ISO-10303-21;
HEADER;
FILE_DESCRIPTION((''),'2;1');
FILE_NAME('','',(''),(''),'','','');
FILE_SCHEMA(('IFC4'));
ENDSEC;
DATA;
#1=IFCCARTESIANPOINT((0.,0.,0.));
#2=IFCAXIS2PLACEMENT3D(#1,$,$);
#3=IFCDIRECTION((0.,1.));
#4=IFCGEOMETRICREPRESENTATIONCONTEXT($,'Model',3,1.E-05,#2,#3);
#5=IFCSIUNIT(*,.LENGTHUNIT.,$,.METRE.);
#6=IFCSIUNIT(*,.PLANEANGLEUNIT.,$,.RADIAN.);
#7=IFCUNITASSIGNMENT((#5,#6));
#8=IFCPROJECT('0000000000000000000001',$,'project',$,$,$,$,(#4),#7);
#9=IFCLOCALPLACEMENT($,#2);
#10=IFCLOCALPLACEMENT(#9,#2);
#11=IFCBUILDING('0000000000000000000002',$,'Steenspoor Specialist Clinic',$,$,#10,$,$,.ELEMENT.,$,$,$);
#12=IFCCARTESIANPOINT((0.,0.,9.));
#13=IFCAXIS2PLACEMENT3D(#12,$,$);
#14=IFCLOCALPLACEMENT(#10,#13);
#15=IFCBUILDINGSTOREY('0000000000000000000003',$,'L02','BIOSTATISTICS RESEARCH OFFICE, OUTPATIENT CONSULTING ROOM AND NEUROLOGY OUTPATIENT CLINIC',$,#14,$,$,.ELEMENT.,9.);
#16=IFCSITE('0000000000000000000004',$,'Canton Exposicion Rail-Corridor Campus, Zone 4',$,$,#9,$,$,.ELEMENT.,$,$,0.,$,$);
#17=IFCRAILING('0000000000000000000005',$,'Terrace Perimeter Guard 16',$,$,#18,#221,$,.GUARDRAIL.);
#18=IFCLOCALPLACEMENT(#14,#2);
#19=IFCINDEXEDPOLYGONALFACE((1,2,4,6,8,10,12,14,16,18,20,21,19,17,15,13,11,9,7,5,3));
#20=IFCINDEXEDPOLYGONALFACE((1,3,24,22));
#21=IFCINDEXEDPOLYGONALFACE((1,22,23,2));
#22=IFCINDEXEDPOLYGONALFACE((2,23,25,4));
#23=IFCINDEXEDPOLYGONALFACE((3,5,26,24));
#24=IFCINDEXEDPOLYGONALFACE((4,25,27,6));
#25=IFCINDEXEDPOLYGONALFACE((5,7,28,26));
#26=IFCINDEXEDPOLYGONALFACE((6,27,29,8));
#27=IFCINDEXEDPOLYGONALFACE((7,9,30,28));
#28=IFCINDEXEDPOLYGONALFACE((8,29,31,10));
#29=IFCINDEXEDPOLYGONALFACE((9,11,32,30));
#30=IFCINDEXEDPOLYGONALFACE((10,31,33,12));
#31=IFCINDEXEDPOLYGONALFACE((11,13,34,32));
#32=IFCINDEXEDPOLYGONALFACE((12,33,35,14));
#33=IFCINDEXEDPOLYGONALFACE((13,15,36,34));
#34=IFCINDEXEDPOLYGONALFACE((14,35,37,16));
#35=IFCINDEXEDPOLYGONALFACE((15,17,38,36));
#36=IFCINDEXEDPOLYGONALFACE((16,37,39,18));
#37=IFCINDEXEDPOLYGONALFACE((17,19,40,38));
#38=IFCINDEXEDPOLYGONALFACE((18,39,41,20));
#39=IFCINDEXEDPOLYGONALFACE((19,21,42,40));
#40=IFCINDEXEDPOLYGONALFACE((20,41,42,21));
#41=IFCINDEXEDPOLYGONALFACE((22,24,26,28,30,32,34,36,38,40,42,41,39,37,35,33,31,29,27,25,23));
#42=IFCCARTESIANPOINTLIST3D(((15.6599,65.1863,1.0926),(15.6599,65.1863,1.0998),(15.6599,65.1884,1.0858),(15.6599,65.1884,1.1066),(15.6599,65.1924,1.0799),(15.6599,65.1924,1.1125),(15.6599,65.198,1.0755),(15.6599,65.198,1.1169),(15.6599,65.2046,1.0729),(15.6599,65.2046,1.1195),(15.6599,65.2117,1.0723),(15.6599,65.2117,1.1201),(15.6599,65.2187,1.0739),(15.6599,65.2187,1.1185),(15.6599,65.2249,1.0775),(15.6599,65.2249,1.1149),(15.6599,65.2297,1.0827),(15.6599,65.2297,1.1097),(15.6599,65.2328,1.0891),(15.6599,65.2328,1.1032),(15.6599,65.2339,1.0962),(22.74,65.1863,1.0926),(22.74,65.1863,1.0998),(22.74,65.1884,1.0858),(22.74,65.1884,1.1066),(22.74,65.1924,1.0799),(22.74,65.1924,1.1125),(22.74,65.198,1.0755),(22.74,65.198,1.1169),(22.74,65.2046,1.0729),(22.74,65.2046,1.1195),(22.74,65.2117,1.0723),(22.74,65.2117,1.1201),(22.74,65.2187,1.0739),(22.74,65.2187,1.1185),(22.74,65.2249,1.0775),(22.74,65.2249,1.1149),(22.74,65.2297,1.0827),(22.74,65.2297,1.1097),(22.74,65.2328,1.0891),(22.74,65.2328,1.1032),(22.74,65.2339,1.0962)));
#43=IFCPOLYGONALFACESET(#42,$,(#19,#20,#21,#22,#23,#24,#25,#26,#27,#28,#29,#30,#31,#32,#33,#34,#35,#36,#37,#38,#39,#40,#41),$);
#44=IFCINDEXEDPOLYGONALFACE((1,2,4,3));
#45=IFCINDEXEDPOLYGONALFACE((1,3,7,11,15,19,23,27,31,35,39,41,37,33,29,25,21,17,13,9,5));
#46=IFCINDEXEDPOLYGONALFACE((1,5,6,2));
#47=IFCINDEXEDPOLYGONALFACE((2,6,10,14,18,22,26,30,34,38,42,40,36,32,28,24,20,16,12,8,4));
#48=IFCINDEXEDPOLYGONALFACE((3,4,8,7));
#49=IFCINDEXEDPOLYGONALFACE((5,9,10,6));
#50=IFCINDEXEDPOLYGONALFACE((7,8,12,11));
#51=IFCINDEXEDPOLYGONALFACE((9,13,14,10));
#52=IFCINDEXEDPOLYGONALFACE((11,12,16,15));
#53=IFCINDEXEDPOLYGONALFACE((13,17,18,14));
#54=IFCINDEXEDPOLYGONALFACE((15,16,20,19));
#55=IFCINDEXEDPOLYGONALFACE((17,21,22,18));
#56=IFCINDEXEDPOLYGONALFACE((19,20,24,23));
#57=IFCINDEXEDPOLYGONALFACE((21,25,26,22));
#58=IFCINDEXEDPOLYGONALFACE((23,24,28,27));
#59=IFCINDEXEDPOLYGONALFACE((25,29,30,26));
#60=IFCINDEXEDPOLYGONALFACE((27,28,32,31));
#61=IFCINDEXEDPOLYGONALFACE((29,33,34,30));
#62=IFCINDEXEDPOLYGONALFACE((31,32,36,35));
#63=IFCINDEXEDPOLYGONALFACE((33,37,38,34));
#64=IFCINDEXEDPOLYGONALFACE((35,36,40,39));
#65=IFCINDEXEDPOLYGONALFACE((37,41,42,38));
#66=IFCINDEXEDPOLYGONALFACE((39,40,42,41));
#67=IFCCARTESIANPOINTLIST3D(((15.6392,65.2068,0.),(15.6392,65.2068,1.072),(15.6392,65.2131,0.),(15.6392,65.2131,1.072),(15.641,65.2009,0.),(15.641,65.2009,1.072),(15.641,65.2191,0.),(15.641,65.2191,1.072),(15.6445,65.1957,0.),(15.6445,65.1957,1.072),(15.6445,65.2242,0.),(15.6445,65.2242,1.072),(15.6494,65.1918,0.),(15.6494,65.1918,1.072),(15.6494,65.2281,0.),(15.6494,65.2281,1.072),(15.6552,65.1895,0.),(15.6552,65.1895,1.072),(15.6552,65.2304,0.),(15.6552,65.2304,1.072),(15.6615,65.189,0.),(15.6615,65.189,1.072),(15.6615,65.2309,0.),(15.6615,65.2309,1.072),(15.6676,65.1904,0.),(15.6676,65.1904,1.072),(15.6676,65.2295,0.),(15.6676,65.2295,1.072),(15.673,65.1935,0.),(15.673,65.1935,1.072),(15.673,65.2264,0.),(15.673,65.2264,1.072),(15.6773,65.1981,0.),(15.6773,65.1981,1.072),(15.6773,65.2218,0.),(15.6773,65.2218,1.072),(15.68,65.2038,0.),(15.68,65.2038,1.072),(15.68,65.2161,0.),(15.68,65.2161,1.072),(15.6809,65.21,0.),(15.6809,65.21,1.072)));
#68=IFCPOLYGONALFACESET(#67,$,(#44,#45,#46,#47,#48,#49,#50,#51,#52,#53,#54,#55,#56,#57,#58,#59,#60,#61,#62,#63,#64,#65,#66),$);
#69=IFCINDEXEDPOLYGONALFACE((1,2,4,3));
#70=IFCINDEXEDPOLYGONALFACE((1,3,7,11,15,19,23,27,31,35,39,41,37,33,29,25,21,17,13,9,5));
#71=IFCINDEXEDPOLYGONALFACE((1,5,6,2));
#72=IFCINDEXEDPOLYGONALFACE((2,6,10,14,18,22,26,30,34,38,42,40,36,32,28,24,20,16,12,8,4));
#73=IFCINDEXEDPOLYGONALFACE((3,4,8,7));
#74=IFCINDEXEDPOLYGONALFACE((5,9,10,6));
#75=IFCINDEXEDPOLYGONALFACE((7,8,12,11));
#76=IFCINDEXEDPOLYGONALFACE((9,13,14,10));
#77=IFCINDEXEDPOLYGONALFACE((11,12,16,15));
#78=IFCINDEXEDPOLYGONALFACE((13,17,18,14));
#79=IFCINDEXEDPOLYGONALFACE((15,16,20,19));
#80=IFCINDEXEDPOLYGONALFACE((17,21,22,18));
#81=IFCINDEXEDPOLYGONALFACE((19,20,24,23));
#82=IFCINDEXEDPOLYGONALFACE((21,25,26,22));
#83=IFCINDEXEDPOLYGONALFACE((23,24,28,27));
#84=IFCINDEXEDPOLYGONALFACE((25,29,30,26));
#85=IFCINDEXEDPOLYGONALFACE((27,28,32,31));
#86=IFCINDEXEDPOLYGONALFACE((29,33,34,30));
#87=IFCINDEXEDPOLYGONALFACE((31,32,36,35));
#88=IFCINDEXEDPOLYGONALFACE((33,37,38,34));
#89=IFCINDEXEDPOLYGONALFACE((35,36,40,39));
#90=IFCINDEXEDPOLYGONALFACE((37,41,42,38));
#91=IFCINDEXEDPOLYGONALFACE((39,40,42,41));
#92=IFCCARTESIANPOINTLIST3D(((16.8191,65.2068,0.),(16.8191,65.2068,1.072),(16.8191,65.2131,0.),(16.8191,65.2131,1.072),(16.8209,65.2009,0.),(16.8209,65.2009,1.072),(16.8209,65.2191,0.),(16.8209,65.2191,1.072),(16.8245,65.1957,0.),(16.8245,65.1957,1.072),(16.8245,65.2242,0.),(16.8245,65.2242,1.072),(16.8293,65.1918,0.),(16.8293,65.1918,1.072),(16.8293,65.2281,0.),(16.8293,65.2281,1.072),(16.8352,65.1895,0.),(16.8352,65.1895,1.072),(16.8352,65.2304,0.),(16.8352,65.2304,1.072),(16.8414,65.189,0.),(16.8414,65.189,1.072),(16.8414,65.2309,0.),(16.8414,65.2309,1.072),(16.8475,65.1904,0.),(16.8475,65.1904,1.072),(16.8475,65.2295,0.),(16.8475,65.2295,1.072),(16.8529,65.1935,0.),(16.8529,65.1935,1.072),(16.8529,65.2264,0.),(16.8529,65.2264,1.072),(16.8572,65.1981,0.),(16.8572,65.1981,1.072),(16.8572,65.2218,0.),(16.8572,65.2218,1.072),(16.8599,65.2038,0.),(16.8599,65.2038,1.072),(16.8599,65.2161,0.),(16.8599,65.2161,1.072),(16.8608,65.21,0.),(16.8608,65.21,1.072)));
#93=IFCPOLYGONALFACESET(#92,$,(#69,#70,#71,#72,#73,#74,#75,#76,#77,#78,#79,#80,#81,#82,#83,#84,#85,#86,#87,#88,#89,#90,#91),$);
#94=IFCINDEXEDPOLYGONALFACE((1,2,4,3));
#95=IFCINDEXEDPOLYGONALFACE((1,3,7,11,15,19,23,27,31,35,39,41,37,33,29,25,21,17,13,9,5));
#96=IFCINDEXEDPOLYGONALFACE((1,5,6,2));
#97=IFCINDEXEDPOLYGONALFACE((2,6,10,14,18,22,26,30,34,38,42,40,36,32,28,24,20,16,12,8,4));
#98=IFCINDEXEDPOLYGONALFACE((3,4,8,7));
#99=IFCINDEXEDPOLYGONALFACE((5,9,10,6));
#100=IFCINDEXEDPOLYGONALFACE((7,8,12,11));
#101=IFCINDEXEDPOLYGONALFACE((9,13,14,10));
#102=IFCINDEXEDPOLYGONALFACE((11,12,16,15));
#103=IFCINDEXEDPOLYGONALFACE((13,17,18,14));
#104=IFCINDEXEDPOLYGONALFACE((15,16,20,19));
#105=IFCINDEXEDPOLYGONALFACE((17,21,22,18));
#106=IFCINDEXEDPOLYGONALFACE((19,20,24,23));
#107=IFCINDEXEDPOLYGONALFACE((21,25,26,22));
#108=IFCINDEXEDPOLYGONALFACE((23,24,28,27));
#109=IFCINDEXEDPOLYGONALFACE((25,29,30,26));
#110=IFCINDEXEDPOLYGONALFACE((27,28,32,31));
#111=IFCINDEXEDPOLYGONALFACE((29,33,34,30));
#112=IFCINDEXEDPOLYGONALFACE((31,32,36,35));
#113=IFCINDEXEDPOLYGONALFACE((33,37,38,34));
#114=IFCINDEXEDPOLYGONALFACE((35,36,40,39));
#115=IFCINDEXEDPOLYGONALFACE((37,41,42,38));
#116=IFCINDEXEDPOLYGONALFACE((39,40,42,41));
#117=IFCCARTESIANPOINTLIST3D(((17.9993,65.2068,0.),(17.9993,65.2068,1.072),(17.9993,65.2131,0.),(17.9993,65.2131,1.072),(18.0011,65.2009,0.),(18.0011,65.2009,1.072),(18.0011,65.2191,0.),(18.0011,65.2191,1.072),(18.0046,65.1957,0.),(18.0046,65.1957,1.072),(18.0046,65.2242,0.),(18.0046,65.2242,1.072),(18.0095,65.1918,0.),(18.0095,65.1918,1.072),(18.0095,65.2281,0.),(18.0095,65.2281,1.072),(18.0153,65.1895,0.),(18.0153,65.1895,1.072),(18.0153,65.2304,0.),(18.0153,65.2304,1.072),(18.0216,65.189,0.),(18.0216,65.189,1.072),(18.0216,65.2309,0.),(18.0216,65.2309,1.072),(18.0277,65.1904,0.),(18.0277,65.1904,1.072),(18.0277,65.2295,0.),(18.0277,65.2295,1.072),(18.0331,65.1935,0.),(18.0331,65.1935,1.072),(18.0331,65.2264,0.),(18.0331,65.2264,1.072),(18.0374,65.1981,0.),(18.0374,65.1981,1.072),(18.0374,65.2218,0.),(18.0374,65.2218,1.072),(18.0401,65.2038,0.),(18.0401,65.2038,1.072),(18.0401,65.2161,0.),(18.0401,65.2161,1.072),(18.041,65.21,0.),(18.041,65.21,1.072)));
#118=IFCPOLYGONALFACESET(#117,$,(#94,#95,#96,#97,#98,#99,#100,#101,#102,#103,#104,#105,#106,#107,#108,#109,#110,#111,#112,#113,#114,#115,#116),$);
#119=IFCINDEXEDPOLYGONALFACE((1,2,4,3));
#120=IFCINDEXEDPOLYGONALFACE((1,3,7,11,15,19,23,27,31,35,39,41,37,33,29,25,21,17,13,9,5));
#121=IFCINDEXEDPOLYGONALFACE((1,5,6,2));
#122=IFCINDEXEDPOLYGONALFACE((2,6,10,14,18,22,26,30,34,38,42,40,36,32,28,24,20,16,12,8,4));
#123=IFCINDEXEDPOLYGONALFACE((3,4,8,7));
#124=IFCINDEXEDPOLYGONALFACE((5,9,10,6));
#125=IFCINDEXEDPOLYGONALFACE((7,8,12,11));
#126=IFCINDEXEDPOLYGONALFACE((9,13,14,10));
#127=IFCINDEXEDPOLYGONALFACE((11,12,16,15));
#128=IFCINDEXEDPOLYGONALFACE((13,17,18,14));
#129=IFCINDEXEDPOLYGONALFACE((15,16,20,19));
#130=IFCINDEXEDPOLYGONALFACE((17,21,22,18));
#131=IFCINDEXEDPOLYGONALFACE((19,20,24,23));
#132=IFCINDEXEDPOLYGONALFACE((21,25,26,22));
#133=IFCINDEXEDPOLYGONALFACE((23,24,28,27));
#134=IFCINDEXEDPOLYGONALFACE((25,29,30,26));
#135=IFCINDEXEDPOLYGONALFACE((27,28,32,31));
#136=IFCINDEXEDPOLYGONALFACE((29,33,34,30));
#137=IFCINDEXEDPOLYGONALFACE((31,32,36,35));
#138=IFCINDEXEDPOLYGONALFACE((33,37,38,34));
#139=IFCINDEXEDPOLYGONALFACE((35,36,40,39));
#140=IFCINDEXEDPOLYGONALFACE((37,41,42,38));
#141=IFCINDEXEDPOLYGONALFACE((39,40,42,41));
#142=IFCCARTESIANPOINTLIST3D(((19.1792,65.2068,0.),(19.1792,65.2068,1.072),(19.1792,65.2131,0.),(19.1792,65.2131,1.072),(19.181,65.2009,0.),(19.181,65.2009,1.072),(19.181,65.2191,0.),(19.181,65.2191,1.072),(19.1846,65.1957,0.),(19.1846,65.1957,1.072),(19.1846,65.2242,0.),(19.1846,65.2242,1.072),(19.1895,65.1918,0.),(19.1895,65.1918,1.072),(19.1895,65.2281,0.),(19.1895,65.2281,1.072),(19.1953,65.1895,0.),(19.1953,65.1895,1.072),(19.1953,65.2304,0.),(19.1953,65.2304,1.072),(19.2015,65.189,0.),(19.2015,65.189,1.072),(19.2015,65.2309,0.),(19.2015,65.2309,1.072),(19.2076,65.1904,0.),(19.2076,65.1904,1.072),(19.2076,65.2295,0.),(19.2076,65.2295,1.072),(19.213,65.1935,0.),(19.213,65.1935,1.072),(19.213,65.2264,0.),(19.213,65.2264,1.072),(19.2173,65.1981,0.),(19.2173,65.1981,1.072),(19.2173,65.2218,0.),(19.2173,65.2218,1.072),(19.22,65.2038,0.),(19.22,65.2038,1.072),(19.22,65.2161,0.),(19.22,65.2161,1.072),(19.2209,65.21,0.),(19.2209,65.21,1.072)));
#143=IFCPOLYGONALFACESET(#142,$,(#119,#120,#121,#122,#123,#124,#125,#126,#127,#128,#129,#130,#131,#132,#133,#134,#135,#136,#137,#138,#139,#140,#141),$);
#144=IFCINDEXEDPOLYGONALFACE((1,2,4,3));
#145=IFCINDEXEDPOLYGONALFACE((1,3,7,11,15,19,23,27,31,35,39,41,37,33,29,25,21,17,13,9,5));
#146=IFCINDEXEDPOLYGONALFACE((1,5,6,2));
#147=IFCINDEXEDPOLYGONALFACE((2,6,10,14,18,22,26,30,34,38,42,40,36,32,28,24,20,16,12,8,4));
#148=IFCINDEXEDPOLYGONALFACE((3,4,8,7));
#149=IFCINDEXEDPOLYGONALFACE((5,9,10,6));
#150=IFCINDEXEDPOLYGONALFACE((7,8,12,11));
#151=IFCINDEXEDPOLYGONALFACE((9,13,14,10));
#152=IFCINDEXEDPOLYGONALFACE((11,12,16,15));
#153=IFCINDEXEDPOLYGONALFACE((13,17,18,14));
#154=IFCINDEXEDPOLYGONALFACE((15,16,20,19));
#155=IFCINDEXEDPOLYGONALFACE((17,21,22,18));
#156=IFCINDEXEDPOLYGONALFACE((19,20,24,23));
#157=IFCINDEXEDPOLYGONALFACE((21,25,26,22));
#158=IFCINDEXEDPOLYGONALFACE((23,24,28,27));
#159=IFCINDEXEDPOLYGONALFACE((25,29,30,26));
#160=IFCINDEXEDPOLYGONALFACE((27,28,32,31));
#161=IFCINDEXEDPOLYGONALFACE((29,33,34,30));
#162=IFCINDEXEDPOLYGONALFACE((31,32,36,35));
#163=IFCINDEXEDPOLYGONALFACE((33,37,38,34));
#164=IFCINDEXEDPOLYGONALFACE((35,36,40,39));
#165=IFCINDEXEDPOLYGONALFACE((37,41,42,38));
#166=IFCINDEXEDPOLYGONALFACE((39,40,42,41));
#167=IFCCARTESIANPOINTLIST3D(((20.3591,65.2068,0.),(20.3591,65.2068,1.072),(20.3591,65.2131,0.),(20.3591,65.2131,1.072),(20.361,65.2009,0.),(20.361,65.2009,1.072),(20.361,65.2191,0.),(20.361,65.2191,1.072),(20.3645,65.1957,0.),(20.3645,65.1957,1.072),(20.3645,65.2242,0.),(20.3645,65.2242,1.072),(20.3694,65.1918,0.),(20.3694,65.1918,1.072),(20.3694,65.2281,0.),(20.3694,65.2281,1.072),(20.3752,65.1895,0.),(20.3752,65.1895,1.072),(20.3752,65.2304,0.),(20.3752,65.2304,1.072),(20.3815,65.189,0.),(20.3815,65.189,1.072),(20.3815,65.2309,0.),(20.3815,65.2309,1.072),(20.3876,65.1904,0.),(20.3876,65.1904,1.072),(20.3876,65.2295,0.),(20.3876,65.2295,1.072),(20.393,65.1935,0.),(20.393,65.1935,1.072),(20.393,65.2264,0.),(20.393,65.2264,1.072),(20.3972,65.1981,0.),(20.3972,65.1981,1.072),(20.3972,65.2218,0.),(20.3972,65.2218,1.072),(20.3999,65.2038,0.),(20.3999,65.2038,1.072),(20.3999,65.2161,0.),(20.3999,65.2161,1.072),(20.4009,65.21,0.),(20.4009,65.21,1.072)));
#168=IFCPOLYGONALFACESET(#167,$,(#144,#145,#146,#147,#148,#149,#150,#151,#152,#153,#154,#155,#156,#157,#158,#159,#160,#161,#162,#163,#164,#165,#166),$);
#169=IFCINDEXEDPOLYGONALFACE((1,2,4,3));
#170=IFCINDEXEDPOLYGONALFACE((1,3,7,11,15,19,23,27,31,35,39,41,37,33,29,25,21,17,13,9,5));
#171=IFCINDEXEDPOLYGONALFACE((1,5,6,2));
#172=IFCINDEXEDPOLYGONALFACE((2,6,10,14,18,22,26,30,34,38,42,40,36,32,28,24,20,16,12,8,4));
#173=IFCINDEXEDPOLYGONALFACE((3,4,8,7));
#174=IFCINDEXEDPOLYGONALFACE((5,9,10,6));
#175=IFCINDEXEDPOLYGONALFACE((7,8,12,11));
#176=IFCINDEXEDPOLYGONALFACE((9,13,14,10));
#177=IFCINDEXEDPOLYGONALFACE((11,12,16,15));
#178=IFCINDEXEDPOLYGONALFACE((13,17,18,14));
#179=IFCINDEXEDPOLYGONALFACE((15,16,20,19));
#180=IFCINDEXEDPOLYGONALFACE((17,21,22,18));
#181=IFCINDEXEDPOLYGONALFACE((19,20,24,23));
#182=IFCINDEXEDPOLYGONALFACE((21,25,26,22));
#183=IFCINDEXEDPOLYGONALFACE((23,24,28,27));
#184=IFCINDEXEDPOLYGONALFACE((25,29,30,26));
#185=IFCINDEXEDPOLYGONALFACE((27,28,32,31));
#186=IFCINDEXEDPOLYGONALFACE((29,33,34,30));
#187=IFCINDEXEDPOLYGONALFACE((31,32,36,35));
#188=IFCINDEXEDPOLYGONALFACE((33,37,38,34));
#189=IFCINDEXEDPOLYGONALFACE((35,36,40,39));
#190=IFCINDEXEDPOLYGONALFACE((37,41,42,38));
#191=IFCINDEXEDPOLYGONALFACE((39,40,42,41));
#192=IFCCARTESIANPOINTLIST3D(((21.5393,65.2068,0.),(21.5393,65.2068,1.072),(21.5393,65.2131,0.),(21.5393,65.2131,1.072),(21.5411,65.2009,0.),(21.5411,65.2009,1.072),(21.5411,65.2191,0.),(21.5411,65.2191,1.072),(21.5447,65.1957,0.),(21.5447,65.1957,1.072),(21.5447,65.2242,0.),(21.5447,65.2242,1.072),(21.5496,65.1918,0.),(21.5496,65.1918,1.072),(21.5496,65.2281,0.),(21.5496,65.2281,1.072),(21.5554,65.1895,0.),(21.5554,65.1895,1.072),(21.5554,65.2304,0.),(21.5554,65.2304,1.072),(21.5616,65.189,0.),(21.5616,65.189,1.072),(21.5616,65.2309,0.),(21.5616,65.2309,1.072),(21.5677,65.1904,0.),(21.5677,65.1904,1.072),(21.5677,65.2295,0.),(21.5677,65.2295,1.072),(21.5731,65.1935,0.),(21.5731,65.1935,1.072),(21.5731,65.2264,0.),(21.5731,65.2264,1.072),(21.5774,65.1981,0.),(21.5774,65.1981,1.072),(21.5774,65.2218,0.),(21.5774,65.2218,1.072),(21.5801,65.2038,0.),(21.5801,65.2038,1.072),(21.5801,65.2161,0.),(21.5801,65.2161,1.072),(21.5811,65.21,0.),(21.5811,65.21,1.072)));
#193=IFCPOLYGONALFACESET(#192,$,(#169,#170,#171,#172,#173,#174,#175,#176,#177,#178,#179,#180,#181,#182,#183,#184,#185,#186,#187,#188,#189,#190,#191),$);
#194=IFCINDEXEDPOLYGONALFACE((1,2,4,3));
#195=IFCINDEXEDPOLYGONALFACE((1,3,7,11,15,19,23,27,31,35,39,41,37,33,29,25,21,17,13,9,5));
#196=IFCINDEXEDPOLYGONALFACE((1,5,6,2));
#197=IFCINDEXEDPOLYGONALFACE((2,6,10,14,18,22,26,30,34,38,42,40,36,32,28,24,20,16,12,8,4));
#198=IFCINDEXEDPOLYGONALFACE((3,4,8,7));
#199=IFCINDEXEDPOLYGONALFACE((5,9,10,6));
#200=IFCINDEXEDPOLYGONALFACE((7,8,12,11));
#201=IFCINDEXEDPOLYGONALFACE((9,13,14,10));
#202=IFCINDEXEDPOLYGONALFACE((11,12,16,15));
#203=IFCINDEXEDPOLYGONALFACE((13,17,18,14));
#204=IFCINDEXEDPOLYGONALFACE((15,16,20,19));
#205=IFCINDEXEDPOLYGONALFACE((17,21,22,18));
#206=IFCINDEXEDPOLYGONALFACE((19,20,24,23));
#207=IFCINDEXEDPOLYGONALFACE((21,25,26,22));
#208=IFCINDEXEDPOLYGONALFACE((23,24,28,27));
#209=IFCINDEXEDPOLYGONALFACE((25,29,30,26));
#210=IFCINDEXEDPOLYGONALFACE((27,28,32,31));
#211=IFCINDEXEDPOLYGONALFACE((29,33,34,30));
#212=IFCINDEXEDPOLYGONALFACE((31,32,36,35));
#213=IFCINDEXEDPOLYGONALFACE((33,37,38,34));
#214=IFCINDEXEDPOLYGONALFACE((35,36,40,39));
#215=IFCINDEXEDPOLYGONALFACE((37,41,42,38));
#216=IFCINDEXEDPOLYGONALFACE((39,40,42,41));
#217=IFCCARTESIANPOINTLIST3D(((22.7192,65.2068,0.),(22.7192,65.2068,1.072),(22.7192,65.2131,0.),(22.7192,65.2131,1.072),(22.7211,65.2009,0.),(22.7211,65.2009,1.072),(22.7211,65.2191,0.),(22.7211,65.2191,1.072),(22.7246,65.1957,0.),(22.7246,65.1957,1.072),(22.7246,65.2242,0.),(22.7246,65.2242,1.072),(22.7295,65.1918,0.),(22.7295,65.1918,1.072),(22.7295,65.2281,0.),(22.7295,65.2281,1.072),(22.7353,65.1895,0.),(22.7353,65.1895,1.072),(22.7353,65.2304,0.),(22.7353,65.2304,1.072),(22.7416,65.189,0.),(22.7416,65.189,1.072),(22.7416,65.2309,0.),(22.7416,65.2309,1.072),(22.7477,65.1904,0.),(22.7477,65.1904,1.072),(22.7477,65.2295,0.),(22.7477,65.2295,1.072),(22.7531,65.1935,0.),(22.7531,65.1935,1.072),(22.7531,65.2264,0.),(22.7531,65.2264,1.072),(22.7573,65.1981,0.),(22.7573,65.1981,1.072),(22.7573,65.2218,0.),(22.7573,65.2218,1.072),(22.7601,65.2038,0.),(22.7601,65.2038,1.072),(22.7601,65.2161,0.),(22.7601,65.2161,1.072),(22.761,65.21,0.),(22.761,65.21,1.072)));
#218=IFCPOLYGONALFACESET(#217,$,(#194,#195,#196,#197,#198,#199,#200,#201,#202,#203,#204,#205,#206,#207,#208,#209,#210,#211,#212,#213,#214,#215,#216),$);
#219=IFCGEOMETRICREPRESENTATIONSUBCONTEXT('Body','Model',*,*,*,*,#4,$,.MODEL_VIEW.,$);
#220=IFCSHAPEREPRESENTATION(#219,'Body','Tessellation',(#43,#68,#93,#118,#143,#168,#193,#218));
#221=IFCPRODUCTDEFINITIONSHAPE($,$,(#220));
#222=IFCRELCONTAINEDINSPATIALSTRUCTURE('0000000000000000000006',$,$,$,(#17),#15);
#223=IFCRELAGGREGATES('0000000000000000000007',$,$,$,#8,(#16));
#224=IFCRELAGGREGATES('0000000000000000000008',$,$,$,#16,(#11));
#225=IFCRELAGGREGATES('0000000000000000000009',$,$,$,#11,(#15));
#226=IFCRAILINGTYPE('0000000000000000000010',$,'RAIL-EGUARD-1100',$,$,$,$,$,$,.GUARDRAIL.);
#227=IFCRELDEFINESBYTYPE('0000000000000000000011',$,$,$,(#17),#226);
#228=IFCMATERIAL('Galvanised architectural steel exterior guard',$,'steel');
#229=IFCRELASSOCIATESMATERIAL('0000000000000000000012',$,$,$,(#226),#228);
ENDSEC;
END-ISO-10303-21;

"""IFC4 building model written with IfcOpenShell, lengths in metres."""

from ifc_helpers import new_model, si_unit, direction, frame, origin, origin_2d, place, context, subcontext, project, spatial, circle, extrude, material, type_object, element, save


model = new_model("IFC4")

# Units and contexts
model_context = context("Model", 3, precision=1e-05, world=origin(), true_north=direction((0.0, 1.0)))
body_context = subcontext(model_context, "Body", "Model", "MODEL_VIEW")
ifc_project = project(units=[si_unit("LENGTHUNIT", "METRE"), si_unit("PLANEANGLEUNIT", "RADIAN")], contexts=[model_context])

# Site, building, storey
site_placement = place(None, origin())
site = spatial("IfcSite", under=ifc_project, at=site_placement, Name="Canton Exposicion Rail-Corridor Campus, Zone 4", CompositionType="ELEMENT", RefElevation=0.0)
building_placement = place(site_placement, origin())
building = spatial("IfcBuilding", under=site, at=building_placement, Name="Steenspoor Specialist Clinic", CompositionType="ELEMENT")
storey_placement = place(building_placement, frame((0.0, 0.0, 9.0)))
storey = spatial("IfcBuildingStorey", under=building, at=storey_placement, Name="L02", Description="BIOSTATISTICS RESEARCH OFFICE, OUTPATIENT CONSULTING ROOM AND NEUROLOGY OUTPATIENT CLINIC", CompositionType="ELEMENT", Elevation=9.0)

# Railing
ifc_material_1 = material(Name="Galvanised architectural steel exterior guard", Category="steel")
railing_type_1 = type_object("IfcRailingType", Name="RAIL-EGUARD-1100", PredefinedType="GUARDRAIL", material=ifc_material_1)
railing_1_placement = place(storey_placement, frame((15.6599, 65.21, 0.0)))
element("IfcRailing", 1, at=railing_1_placement, inside=storey, type_object=railing_type_1, Name="Terrace Perimeter Guard 16", PredefinedType="GUARDRAIL", context=body_context, shape_type="SweptSolid", body=[
    extrude(circle(Radius=0.0239, at=origin_2d()), frame((0.0, 0.0, 1.0962), z_axis=(1.0, 0.0, 0.0), x_axis=(0.0, 1.0, 0.0)), (0.0, 0.0, 1.0), 7.0801),
    extrude(circle(Radius=0.021, at=origin_2d()), origin(), (0.0, 0.0, 1.0), 1.072),
    extrude(circle(Radius=0.021, at=origin_2d()), frame((1.1799, 0.0, 0.0)), (0.0, 0.0, 1.0), 1.072),
    extrude(circle(Radius=0.021, at=origin_2d()), frame((2.3601, 0.0, 0.0)), (0.0, 0.0, 1.0), 1.072),
    extrude(circle(Radius=0.021, at=origin_2d()), frame((3.54, 0.0, 0.0)), (0.0, 0.0, 1.0), 1.072),
    extrude(circle(Radius=0.021, at=origin_2d()), frame((4.72, 0.0, 0.0)), (0.0, 0.0, 1.0), 1.072),
    extrude(circle(Radius=0.021, at=origin_2d()), frame((5.9001, 0.0, 0.0)), (0.0, 0.0, 1.0), 1.072),
    extrude(circle(Radius=0.021, at=origin_2d()), frame((7.0801, 0.0, 0.0)), (0.0, 0.0, 1.0), 1.072),
])

save(model, "model.ifc")
